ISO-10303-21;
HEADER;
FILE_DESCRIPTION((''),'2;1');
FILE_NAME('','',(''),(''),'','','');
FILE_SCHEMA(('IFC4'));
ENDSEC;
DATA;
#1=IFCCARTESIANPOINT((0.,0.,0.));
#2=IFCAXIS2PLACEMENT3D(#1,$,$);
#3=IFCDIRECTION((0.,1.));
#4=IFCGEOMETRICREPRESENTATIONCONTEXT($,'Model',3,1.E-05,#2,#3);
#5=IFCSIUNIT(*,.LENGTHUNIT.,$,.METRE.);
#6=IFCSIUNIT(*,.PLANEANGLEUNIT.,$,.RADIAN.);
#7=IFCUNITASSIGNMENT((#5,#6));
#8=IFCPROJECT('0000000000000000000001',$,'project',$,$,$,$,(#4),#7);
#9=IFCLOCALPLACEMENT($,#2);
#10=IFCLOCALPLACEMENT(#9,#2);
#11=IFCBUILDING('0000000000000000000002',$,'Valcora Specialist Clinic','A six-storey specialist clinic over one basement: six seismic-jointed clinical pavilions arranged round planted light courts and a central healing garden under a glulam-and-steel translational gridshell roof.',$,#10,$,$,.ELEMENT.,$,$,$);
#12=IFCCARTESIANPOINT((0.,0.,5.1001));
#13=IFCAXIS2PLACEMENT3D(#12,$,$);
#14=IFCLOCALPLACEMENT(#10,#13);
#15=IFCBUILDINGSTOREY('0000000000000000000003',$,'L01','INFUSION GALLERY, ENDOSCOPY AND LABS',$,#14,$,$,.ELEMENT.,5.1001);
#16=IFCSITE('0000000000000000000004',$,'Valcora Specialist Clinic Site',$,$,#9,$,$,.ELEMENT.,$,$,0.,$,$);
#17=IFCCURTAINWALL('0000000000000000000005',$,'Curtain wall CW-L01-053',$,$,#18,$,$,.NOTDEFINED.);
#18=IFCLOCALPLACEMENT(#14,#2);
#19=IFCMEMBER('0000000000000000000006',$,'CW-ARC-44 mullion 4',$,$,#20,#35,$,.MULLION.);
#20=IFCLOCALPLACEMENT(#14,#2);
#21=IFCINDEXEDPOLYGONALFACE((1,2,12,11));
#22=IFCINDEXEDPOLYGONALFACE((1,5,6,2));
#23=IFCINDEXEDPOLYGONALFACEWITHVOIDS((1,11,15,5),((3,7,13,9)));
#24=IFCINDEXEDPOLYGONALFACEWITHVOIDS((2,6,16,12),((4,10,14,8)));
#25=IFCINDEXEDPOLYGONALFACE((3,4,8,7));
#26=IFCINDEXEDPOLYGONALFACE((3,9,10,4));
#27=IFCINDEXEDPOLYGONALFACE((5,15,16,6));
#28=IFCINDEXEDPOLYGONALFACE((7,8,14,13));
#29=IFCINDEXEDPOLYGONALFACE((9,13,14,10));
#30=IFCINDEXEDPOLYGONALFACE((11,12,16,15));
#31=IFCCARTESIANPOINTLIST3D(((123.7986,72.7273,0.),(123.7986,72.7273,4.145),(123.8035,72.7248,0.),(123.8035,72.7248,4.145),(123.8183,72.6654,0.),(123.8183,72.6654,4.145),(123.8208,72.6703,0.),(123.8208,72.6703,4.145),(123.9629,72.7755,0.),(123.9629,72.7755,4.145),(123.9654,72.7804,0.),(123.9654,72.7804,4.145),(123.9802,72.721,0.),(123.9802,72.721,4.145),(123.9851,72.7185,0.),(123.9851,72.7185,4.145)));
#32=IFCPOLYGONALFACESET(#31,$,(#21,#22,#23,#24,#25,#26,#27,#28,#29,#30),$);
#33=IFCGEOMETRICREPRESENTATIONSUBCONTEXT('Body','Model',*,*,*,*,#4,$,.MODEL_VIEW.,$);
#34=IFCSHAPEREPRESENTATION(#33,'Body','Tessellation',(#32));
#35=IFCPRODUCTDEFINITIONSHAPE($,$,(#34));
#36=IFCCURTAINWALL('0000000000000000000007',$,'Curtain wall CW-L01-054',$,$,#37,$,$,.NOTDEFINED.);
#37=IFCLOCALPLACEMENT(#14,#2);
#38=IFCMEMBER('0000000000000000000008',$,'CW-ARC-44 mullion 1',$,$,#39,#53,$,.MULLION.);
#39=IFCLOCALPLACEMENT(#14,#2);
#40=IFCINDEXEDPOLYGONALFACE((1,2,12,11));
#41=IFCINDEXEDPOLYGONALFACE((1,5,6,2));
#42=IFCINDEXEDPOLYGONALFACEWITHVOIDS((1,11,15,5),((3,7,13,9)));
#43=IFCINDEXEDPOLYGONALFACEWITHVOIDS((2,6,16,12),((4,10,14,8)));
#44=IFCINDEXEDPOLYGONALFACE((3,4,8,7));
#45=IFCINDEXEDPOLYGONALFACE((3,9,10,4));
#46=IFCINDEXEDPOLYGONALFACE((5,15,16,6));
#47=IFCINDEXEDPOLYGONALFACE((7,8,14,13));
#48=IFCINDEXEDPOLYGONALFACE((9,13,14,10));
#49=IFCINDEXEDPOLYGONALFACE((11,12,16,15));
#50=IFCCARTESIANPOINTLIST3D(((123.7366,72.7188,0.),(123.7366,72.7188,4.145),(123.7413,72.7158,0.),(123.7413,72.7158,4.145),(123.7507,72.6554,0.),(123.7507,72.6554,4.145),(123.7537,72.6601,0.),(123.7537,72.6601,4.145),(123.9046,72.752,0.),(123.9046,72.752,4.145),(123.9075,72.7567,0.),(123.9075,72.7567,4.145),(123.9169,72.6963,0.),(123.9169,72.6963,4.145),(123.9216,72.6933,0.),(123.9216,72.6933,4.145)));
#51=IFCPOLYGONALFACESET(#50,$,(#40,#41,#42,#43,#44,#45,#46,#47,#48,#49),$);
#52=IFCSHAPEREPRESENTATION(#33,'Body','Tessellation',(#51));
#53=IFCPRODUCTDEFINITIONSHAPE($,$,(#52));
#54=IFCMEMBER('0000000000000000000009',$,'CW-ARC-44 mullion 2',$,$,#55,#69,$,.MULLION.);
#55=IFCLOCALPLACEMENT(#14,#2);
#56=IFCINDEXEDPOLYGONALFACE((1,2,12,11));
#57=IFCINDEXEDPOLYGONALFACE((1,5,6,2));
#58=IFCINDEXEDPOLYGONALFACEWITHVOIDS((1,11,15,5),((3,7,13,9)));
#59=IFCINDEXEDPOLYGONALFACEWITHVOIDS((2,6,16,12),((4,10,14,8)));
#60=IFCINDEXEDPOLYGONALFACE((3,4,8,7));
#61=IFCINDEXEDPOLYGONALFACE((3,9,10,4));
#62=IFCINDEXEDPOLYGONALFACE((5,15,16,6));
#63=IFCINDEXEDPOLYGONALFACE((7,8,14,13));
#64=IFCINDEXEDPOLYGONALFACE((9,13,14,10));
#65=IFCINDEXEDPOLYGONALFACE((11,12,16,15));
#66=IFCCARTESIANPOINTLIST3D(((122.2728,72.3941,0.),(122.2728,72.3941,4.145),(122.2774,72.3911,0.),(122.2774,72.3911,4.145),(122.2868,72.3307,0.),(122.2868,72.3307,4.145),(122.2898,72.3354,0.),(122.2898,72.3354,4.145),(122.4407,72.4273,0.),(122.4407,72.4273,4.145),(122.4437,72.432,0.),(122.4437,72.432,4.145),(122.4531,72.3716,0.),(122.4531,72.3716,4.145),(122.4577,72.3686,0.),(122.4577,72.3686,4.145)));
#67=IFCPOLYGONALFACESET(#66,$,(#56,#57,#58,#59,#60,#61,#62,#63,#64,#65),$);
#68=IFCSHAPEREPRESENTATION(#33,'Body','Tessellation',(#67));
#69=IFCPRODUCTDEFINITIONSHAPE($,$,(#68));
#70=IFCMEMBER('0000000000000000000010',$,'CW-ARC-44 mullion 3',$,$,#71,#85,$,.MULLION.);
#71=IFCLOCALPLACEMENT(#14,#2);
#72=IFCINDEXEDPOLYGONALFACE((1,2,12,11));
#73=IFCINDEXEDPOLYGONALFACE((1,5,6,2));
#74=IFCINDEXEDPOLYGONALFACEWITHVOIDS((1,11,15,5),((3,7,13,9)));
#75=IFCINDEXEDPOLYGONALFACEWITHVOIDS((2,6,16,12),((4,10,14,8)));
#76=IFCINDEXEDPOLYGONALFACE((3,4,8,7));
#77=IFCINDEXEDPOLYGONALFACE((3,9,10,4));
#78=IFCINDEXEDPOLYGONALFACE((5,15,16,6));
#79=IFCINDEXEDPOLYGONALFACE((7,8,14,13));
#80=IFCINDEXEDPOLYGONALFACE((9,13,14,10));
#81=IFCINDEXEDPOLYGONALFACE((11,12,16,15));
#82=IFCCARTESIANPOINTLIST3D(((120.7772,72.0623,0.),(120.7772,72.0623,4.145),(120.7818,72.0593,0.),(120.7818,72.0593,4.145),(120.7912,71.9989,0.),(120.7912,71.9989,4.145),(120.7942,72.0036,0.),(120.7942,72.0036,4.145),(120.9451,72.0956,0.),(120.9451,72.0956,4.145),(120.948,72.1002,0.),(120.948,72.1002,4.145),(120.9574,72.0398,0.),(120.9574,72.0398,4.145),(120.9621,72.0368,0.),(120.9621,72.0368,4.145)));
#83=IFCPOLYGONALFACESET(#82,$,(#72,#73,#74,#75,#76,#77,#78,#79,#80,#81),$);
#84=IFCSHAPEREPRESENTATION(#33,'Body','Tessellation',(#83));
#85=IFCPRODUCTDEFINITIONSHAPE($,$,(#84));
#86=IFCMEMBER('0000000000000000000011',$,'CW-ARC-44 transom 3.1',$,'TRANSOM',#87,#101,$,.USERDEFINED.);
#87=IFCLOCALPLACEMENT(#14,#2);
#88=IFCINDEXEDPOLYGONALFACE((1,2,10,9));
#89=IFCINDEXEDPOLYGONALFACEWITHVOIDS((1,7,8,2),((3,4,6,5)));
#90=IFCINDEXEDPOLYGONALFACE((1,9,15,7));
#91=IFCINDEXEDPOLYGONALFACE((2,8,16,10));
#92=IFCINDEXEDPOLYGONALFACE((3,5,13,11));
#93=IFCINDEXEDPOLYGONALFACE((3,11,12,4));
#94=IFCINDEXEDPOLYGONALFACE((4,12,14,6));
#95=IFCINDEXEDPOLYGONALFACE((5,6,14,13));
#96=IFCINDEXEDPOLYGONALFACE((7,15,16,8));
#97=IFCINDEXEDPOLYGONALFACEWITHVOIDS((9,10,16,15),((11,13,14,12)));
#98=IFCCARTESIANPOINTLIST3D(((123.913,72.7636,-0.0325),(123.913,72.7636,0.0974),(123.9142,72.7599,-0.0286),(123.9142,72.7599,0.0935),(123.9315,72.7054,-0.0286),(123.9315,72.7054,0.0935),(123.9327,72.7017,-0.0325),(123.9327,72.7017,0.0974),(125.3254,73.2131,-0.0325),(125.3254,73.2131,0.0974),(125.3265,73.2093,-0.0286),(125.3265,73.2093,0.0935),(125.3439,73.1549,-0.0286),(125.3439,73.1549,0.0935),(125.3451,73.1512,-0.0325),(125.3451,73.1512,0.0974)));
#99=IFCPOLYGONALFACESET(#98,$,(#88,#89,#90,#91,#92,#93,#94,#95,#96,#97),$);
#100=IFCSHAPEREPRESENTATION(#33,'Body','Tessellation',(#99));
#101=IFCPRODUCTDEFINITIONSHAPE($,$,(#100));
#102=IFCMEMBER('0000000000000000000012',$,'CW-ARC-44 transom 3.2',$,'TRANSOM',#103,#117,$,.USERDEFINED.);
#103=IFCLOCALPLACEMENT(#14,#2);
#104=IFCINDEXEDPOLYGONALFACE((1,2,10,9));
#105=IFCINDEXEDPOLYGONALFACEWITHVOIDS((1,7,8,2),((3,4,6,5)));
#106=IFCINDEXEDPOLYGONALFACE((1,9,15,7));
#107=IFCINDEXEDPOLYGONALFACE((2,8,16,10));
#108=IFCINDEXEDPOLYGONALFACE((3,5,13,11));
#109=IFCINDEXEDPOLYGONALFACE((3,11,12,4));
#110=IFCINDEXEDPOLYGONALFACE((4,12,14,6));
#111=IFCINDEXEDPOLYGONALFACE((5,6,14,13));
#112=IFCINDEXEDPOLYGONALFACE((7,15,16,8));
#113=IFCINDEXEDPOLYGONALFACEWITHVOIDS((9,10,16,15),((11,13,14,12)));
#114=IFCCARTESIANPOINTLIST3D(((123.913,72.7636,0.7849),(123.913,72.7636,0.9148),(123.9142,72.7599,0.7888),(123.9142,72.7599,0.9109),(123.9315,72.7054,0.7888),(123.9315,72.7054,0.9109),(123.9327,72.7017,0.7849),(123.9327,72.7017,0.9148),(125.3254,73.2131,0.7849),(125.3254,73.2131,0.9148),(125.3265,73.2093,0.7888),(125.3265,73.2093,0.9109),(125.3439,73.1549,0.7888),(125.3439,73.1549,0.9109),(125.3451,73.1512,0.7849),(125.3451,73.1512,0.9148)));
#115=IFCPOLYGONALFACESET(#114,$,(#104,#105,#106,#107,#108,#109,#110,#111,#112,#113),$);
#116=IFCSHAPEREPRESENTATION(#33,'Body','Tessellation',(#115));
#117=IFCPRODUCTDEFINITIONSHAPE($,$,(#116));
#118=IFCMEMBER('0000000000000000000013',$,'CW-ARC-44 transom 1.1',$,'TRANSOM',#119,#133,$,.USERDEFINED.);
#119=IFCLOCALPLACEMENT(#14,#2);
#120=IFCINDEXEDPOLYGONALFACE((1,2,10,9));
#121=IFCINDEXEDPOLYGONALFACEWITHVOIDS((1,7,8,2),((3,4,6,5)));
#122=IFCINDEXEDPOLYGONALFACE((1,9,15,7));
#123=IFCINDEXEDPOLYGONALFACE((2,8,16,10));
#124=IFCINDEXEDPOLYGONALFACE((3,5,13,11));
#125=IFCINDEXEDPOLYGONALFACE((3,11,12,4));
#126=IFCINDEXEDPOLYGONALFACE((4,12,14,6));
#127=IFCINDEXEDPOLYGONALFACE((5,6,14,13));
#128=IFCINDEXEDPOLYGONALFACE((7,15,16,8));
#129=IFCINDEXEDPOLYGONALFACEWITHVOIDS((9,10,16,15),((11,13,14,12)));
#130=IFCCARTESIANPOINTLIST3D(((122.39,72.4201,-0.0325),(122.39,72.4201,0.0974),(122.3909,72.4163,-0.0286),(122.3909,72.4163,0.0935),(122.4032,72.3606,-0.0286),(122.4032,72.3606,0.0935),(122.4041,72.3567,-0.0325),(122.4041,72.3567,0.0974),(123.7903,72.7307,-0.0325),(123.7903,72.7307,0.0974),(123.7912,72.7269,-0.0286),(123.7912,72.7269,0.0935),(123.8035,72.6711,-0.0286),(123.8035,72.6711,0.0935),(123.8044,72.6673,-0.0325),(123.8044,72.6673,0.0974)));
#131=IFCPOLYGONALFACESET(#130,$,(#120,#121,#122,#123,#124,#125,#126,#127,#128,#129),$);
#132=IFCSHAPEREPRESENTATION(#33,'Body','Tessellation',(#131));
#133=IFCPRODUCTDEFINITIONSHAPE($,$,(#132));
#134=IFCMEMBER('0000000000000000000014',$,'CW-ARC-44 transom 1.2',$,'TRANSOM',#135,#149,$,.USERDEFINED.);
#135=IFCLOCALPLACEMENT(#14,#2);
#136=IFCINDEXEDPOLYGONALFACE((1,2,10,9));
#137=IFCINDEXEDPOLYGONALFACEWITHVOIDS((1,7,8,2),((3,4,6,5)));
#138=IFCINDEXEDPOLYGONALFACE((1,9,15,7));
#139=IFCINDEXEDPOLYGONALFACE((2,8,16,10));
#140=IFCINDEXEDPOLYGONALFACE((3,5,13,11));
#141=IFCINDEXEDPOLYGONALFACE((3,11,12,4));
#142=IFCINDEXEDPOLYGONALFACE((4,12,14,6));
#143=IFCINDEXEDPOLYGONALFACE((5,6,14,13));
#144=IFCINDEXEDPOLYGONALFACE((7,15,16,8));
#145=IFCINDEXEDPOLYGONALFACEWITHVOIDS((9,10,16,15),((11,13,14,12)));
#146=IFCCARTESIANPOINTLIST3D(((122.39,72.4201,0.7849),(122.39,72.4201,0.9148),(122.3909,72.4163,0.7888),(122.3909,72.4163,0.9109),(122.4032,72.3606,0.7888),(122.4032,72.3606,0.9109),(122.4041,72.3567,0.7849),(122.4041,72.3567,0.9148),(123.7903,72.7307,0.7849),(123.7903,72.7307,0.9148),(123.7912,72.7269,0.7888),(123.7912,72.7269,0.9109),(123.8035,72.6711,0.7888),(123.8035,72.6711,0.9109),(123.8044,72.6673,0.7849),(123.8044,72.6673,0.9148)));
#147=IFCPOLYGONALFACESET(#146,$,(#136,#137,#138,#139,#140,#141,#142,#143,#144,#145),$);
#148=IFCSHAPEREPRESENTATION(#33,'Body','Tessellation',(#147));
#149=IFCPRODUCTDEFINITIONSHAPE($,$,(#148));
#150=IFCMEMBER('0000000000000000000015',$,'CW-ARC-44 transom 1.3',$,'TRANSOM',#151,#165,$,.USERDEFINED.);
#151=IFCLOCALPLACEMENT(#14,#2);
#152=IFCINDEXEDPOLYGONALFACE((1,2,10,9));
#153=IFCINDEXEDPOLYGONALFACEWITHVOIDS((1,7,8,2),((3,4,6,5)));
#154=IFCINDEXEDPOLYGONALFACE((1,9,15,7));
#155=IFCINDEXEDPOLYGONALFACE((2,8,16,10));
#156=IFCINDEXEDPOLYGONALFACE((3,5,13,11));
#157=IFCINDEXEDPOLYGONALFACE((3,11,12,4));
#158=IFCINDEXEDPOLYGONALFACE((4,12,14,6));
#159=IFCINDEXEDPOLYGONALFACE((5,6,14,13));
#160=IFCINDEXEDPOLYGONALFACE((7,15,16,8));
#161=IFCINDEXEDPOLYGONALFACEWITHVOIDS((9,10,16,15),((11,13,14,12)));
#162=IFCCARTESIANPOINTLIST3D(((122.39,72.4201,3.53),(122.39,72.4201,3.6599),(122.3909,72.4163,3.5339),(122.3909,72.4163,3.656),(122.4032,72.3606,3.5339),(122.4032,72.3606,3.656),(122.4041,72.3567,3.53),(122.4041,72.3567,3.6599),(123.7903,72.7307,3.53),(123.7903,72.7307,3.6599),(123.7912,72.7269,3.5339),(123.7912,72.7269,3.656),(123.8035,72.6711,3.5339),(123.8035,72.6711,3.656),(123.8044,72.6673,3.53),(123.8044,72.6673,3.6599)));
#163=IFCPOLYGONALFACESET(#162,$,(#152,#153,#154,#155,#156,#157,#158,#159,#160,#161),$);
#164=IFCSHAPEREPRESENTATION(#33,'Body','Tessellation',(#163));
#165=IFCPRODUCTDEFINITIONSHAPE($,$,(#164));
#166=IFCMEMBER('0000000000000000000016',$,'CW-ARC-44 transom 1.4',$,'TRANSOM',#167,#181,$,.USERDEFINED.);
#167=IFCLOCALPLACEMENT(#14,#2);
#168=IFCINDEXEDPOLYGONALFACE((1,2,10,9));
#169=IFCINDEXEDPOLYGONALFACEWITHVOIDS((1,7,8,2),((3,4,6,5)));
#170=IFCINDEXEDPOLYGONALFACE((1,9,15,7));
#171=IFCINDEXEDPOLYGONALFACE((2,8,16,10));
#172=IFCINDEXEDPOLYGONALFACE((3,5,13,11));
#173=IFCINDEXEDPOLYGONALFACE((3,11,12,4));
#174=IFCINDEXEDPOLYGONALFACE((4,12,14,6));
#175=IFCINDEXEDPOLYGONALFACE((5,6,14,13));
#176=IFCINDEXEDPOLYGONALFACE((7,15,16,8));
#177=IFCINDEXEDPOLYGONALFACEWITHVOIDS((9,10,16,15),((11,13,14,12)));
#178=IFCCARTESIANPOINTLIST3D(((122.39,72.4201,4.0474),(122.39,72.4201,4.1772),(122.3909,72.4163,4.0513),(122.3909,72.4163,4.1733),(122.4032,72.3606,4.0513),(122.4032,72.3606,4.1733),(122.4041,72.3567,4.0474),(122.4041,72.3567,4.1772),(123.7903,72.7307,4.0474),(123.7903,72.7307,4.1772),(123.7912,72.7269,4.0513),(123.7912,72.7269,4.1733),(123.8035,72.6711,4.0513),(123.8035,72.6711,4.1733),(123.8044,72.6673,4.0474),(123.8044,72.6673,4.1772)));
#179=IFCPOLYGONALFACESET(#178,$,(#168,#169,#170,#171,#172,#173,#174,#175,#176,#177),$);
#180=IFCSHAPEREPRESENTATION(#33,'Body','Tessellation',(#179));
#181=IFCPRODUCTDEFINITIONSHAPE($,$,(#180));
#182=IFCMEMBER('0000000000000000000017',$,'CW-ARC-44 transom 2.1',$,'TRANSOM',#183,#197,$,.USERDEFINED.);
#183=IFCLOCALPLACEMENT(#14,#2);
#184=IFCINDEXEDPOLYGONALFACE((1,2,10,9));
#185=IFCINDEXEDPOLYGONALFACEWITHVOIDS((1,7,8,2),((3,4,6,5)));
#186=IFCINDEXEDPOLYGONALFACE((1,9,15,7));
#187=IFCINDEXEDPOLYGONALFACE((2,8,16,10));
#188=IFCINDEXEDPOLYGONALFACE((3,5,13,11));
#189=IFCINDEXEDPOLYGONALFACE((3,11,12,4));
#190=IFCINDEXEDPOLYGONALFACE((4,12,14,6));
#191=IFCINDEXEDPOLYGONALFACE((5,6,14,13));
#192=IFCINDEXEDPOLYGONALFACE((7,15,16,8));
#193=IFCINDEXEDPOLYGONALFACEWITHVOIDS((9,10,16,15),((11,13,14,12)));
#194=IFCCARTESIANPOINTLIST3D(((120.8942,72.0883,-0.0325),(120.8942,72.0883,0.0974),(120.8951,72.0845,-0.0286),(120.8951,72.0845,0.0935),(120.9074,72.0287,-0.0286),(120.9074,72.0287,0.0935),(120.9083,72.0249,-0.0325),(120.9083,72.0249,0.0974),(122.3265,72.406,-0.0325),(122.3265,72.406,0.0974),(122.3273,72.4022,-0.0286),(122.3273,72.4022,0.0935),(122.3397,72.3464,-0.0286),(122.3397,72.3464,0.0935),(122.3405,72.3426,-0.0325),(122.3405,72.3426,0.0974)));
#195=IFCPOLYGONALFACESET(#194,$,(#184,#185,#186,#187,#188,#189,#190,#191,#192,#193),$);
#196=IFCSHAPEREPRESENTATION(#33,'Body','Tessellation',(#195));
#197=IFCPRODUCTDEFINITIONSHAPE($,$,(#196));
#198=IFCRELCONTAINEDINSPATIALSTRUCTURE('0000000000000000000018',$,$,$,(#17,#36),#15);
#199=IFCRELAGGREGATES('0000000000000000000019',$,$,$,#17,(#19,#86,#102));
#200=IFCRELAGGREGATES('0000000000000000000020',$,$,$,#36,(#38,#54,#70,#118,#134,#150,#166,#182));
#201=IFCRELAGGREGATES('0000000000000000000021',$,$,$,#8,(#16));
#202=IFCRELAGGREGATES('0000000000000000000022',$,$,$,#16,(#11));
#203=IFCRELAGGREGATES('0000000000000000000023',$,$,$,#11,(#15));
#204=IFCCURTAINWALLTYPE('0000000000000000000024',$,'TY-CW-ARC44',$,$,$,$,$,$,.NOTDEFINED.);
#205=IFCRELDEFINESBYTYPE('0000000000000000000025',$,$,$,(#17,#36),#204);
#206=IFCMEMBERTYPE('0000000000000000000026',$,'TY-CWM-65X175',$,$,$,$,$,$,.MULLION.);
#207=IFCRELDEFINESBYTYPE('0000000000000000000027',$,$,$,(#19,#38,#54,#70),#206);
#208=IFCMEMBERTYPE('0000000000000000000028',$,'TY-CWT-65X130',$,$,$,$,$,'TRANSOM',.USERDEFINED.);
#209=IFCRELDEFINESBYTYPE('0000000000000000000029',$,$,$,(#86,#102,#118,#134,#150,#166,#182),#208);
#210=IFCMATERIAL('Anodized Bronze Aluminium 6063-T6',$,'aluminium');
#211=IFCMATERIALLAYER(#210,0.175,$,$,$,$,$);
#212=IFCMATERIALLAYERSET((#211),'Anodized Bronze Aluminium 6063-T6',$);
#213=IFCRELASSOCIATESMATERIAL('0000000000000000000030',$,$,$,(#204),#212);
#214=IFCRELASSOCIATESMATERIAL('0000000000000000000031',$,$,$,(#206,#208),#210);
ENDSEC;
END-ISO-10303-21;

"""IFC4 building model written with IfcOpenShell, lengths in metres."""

from ifc_helpers import new_model, si_unit, direction, frame, origin, origin_2d, place, context, subcontext, project, spatial, hollow_rectangle, extrude, material, layer, layer_set, material_profile, profile_set, type_object, element, aggregate, save


model = new_model("IFC4")

# Units and contexts
model_context = context("Model", 3, precision=1e-05, world=origin(), true_north=direction((0.0, 1.0)))
body_context = subcontext(model_context, "Body", "Model", "MODEL_VIEW")
ifc_project = project(units=[si_unit("LENGTHUNIT", "METRE"), si_unit("PLANEANGLEUNIT", "RADIAN")], contexts=[model_context])

# Site, building, storey
site_placement = place(None, origin())
site = spatial("IfcSite", under=ifc_project, at=site_placement, Name="Valcora Specialist Clinic Site", CompositionType="ELEMENT", RefElevation=0.0)
building_placement = place(site_placement, origin())
building = spatial("IfcBuilding", under=site, at=building_placement, Name="Valcora Specialist Clinic", Description="A six-storey specialist clinic over one basement: six seismic-jointed clinical pavilions arranged round planted light courts and a central healing garden under a glulam-and-steel translational gridshell roof.", CompositionType="ELEMENT")
storey_placement = place(building_placement, frame((0.0, 0.0, 5.1001)))
storey = spatial("IfcBuildingStorey", under=building, at=storey_placement, Name="L01", Description="INFUSION GALLERY, ENDOSCOPY AND LABS", CompositionType="ELEMENT", Elevation=5.1001)

# Curtain wall, member
ifc_material_1 = material(Name="Anodized Bronze Aluminium 6063-T6", Category="aluminium")
ifc_layer_1 = layer(ifc_material_1, 0.175)
ifc_layer_set_1 = layer_set([ifc_layer_1], Name="Anodized Bronze Aluminium 6063-T6")
curtain_wall_type = type_object("IfcCurtainWallType", Name="TY-CW-ARC44", PredefinedType="NOTDEFINED", material=ifc_layer_set_1)
curtain_wall_1_placement = place(storey_placement, origin())
curtain_wall_1 = element("IfcCurtainWall", 1, at=curtain_wall_1_placement, inside=storey, type_object=curtain_wall_type, Name="Curtain wall CW-L01-053", PredefinedType="NOTDEFINED")
ifc_material_profile_1 = material_profile(ifc_material_1, hollow_rectangle(XDim=0.0649, YDim=0.175, WallThickness=0.0039, at=origin_2d()), Name="AL-MUL-65X175")
ifc_profile_set_1 = profile_set([ifc_material_profile_1], Name="Anodized Bronze Aluminium 6063-T6")
member_type_1 = type_object("IfcMemberType", Name="TY-CWM-65X175", PredefinedType="MULLION", material=ifc_profile_set_1)
member_1_placement = place(storey_placement, frame((123.8918, 72.7229, 0.0), z_axis=(0.0, 0.0, 1.0), x_axis=(0.303233, -0.952916, 0.0)))
member_1 = element("IfcMember", 2, at=member_1_placement, type_object=member_type_1, Name="CW-ARC-44 mullion 4", PredefinedType="MULLION", context=body_context, shape_type="SweptSolid", body=[
    extrude(hollow_rectangle(XDim=0.0649, YDim=0.175, WallThickness=0.0039, at=origin_2d()), origin(), (0.0, 0.0, 1.0), 4.145),
])

# Curtain wall, members
curtain_wall_2_placement = place(storey_placement, origin())
curtain_wall_2 = element("IfcCurtainWall", 3, at=curtain_wall_2_placement, inside=storey, type_object=curtain_wall_type, Name="Curtain wall CW-L01-054", PredefinedType="NOTDEFINED")
member_2_placement = place(storey_placement, frame((123.8291, 72.7061, 0.0), z_axis=(0.0, 0.0, 1.0), x_axis=(0.216518, -0.976279, 0.0)))
member_2 = element("IfcMember", 4, at=member_2_placement, type_object=member_type_1, Name="CW-ARC-44 mullion 1", PredefinedType="MULLION", context=body_context, shape_type="SweptSolid", body=[
    extrude(hollow_rectangle(XDim=0.0649, YDim=0.175, WallThickness=0.0039, at=origin_2d()), origin(), (0.0, 0.0, 1.0), 4.145),
])
member_3_placement = place(storey_placement, frame((122.3652, 72.3813, 0.0), z_axis=(0.0, 0.0, 1.0), x_axis=(0.216518, -0.976279, 0.0)))
member_3 = element("IfcMember", 5, at=member_3_placement, type_object=member_type_1, Name="CW-ARC-44 mullion 2", PredefinedType="MULLION", context=body_context, shape_type="SweptSolid", body=[
    extrude(hollow_rectangle(XDim=0.0649, YDim=0.175, WallThickness=0.0039, at=origin_2d()), origin(), (0.0, 0.0, 1.0), 4.145),
])
member_4_placement = place(storey_placement, frame((120.8696, 72.0496, 0.0), z_axis=(0.0, 0.0, 1.0), x_axis=(0.216518, -0.976279, 0.0)))
member_4 = element("IfcMember", 6, at=member_4_placement, type_object=member_type_1, Name="CW-ARC-44 mullion 3", PredefinedType="MULLION", context=body_context, shape_type="SweptSolid", body=[
    extrude(hollow_rectangle(XDim=0.0649, YDim=0.175, WallThickness=0.0039, at=origin_2d()), origin(), (0.0, 0.0, 1.0), 4.145),
])

# Members
ifc_material_profile_2 = material_profile(ifc_material_1, hollow_rectangle(XDim=0.0649, YDim=0.1299, WallThickness=0.0039, at=origin_2d()), Name="AL-TRN-65X130")
ifc_profile_set_2 = profile_set([ifc_material_profile_2], Name="Anodized Bronze Aluminium 6063-T6")
member_type_2 = type_object("IfcMemberType", Name="TY-CWT-65X130", ElementType="TRANSOM", PredefinedType="USERDEFINED", material=ifc_profile_set_2)
member_5_placement = place(storey_placement, frame((125.3352, 73.1821, 0.0325), z_axis=(-0.952911, -0.303251, 0.0), x_axis=(0.303251, -0.952911, 0.0)))
member_5 = element("IfcMember", 7, at=member_5_placement, type_object=member_type_2, Name="CW-ARC-44 transom 3.1", ObjectType="TRANSOM", PredefinedType="USERDEFINED", context=body_context, shape_type="SweptSolid", body=[
    extrude(hollow_rectangle(XDim=0.0649, YDim=0.1299, WallThickness=0.0039, at=origin_2d()), origin(), (0.0, 0.0, 1.0), 1.4822),
])
member_6_placement = place(storey_placement, frame((125.3352, 73.1821, 0.8499), z_axis=(-0.952911, -0.303251, 0.0), x_axis=(0.303251, -0.952911, 0.0)))
member_6 = element("IfcMember", 8, at=member_6_placement, type_object=member_type_2, Name="CW-ARC-44 transom 3.2", ObjectType="TRANSOM", PredefinedType="USERDEFINED", context=body_context, shape_type="SweptSolid", body=[
    extrude(hollow_rectangle(XDim=0.0649, YDim=0.1299, WallThickness=0.0039, at=origin_2d()), origin(), (0.0, 0.0, 1.0), 1.4822),
])
member_7_placement = place(storey_placement, frame((123.7974, 72.699, 0.0325), z_axis=(-0.976283, -0.216498, 0.0), x_axis=(0.216498, -0.976283, 0.0)))
member_7 = element("IfcMember", 9, at=member_7_placement, type_object=member_type_2, Name="CW-ARC-44 transom 1.1", ObjectType="TRANSOM", PredefinedType="USERDEFINED", context=body_context, shape_type="SweptSolid", body=[
    extrude(hollow_rectangle(XDim=0.0649, YDim=0.1299, WallThickness=0.0039, at=origin_2d()), origin(), (0.0, 0.0, 1.0), 1.4343),
])
member_8_placement = place(storey_placement, frame((123.7974, 72.699, 0.8499), z_axis=(-0.976283, -0.216498, 0.0), x_axis=(0.216498, -0.976283, 0.0)))
member_8 = element("IfcMember", 10, at=member_8_placement, type_object=member_type_2, Name="CW-ARC-44 transom 1.2", ObjectType="TRANSOM", PredefinedType="USERDEFINED", context=body_context, shape_type="SweptSolid", body=[
    extrude(hollow_rectangle(XDim=0.0649, YDim=0.1299, WallThickness=0.0039, at=origin_2d()), origin(), (0.0, 0.0, 1.0), 1.4343),
])
member_9_placement = place(storey_placement, frame((123.7974, 72.699, 3.595), z_axis=(-0.976283, -0.216498, 0.0), x_axis=(0.216498, -0.976283, 0.0)))
member_9 = element("IfcMember", 11, at=member_9_placement, type_object=member_type_2, Name="CW-ARC-44 transom 1.3", ObjectType="TRANSOM", PredefinedType="USERDEFINED", context=body_context, shape_type="SweptSolid", body=[
    extrude(hollow_rectangle(XDim=0.0649, YDim=0.1299, WallThickness=0.0039, at=origin_2d()), origin(), (0.0, 0.0, 1.0), 1.4343),
])
member_10_placement = place(storey_placement, frame((123.7974, 72.699, 4.1123), z_axis=(-0.976283, -0.216498, 0.0), x_axis=(0.216498, -0.976283, 0.0)))
member_10 = element("IfcMember", 12, at=member_10_placement, type_object=member_type_2, Name="CW-ARC-44 transom 1.4", ObjectType="TRANSOM", PredefinedType="USERDEFINED", context=body_context, shape_type="SweptSolid", body=[
    extrude(hollow_rectangle(XDim=0.0649, YDim=0.1299, WallThickness=0.0039, at=origin_2d()), origin(), (0.0, 0.0, 1.0), 1.4343),
])
member_11_placement = place(storey_placement, frame((122.3335, 72.3743, 0.0325), z_axis=(-0.976277, -0.216525, 0.0), x_axis=(0.216525, -0.976277, 0.0)))
member_11 = element("IfcMember", 13, at=member_11_placement, type_object=member_type_2, Name="CW-ARC-44 transom 2.1", ObjectType="TRANSOM", PredefinedType="USERDEFINED", context=body_context, shape_type="SweptSolid", body=[
    extrude(hollow_rectangle(XDim=0.0649, YDim=0.1299, WallThickness=0.0039, at=origin_2d()), origin(), (0.0, 0.0, 1.0), 1.467),
])

aggregate(curtain_wall_1, [member_1, member_5, member_6])
aggregate(curtain_wall_2, [member_2, member_3, member_4, member_7, member_8, member_9, member_10, member_11])

save(model, "model.ifc")
